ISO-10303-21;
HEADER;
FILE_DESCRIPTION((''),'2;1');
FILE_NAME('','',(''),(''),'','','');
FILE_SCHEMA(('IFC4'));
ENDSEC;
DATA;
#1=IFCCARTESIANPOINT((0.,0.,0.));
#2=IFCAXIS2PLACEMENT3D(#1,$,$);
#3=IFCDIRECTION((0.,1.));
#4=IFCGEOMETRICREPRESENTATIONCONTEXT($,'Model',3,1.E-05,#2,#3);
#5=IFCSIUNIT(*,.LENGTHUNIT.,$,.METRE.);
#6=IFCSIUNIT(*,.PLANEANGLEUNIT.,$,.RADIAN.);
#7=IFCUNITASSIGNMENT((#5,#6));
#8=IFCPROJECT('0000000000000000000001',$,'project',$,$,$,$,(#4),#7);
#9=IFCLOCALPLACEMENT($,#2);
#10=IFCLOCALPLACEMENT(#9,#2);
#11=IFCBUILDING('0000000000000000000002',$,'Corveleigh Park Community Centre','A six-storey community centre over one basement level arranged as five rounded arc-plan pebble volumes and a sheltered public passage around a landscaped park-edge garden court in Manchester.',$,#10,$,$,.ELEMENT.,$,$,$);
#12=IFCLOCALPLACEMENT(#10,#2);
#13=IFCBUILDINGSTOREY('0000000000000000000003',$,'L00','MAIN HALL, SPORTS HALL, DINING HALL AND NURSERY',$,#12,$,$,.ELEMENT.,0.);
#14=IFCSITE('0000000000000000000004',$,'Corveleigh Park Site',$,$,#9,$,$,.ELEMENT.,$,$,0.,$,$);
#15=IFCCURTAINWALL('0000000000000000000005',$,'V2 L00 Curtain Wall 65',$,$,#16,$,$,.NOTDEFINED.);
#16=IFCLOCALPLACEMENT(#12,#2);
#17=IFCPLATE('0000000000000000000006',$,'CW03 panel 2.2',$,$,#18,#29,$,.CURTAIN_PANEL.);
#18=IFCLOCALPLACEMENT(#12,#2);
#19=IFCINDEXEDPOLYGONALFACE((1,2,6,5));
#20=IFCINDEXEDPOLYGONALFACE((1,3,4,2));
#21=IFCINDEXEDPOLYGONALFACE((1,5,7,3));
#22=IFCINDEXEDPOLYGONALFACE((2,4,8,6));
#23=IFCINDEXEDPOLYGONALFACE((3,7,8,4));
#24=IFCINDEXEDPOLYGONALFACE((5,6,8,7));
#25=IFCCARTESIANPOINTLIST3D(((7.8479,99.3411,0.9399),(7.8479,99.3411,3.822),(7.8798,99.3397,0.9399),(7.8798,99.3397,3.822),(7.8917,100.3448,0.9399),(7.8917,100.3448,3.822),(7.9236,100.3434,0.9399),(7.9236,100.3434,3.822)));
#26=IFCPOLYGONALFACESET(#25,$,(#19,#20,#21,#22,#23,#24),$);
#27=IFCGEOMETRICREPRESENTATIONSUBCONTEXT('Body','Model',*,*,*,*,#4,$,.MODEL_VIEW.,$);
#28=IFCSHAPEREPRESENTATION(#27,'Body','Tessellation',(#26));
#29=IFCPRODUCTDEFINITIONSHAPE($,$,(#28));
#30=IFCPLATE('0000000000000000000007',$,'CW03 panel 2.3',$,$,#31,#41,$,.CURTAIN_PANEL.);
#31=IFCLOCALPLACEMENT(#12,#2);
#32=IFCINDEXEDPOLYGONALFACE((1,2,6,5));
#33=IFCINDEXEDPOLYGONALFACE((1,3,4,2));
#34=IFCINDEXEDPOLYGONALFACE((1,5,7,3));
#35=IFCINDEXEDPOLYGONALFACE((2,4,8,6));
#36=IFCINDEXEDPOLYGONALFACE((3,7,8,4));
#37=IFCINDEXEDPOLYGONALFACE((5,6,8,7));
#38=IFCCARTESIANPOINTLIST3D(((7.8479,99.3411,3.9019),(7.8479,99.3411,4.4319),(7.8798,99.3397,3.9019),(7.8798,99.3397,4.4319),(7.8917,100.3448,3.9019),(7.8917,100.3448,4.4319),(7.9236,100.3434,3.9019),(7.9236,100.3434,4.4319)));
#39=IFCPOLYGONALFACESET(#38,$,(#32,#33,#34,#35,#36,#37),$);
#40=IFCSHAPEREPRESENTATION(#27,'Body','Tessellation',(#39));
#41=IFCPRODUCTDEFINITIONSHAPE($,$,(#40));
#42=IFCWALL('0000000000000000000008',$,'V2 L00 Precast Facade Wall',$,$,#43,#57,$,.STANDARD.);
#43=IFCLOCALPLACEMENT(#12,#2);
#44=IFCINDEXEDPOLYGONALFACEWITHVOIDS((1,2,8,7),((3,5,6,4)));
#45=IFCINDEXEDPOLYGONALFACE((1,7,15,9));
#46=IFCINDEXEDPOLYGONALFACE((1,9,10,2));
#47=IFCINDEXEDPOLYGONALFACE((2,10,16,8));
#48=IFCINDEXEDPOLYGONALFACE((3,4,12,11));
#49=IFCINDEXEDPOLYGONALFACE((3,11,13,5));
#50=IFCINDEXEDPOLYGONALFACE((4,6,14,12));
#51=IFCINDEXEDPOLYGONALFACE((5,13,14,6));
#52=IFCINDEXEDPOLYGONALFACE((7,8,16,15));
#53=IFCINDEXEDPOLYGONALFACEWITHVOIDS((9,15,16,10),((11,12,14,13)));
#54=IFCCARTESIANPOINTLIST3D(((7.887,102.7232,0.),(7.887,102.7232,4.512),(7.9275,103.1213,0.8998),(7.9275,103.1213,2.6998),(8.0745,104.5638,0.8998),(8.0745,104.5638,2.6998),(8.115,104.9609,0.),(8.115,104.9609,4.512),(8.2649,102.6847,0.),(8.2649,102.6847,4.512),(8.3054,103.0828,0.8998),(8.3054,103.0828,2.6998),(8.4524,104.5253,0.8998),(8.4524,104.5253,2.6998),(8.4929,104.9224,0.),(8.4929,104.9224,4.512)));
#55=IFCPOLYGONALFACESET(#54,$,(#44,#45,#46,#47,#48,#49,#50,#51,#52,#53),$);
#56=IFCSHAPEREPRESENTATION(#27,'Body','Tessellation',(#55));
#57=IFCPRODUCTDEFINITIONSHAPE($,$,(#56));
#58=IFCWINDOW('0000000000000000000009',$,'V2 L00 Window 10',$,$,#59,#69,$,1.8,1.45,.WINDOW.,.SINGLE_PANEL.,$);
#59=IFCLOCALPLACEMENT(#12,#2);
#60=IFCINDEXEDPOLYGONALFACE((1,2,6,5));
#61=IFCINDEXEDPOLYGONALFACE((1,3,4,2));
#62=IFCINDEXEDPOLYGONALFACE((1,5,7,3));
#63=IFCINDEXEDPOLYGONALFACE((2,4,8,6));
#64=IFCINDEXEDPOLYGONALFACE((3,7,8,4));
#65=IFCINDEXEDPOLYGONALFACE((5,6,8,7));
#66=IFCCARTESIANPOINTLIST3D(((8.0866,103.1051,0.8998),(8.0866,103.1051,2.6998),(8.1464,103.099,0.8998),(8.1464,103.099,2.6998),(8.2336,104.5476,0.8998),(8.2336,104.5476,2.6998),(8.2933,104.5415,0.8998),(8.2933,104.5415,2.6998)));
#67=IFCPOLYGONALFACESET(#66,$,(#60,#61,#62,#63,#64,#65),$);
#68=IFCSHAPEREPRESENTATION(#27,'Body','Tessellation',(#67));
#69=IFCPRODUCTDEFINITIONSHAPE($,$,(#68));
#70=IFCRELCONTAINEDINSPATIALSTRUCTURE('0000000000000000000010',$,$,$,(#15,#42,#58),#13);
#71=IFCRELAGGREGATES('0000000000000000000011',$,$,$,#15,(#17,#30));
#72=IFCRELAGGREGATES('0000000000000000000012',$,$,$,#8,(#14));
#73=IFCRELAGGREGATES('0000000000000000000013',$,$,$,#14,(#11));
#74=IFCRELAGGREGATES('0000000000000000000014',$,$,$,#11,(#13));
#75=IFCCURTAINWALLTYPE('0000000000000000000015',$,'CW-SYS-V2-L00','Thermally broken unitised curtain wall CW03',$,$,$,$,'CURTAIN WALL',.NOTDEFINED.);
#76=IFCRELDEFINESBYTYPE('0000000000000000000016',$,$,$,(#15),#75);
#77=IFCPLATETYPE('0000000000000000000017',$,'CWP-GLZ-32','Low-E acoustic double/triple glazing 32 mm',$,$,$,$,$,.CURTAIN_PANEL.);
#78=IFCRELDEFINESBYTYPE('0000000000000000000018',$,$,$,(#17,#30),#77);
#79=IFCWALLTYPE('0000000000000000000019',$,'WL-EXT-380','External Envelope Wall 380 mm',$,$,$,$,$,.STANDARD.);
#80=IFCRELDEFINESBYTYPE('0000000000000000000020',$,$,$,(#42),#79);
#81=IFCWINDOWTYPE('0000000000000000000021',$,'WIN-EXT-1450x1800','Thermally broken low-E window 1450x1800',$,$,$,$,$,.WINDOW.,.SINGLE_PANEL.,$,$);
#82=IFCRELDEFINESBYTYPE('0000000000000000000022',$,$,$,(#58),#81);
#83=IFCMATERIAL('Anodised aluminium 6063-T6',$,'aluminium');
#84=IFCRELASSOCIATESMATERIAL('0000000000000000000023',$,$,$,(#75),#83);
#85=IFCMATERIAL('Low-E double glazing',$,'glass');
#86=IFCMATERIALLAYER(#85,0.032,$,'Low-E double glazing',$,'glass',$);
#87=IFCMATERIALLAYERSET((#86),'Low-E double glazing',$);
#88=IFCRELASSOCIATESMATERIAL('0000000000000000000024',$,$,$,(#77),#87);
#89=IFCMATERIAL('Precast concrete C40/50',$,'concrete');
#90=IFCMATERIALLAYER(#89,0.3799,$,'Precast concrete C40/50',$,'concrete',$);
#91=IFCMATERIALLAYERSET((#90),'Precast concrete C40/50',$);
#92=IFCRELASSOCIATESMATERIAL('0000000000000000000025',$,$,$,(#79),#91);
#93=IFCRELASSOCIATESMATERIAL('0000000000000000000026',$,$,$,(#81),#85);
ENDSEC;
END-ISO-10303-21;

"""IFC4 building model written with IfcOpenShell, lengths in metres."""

from ifc_helpers import new_model, si_unit, direction, frame, frame_2d, origin, origin_2d, place, context, subcontext, project, spatial, rectangle, extrude, material, layer, layer_set, type_object, element, fill, aggregate, save


model = new_model("IFC4")

# Units and contexts
model_context = context("Model", 3, precision=1e-05, world=origin(), true_north=direction((0.0, 1.0)))
body_context = subcontext(model_context, "Body", "Model", "MODEL_VIEW")
ifc_project = project(units=[si_unit("LENGTHUNIT", "METRE"), si_unit("PLANEANGLEUNIT", "RADIAN")], contexts=[model_context])

# Site, building, storey
site_placement = place(None, origin())
site = spatial("IfcSite", under=ifc_project, at=site_placement, Name="Corveleigh Park Site", CompositionType="ELEMENT", RefElevation=0.0)
building_placement = place(site_placement, origin())
building = spatial("IfcBuilding", under=site, at=building_placement, Name="Corveleigh Park Community Centre", Description="A six-storey community centre over one basement level arranged as five rounded arc-plan pebble volumes and a sheltered public passage around a landscaped park-edge garden court in Manchester.", CompositionType="ELEMENT")
storey_placement = place(building_placement, origin())
storey = spatial("IfcBuildingStorey", under=building, at=storey_placement, Name="L00", Description="MAIN HALL, SPORTS HALL, DINING HALL AND NURSERY", CompositionType="ELEMENT", Elevation=0.0)

# Shared definitions
ifc_material_1 = material(Name="Anodised aluminium 6063-T6", Category="aluminium")
curtain_wall_type = type_object("IfcCurtainWallType", Name="CW-SYS-V2-L00", Description="Thermally broken unitised curtain wall CW03", ElementType="CURTAIN WALL", PredefinedType="NOTDEFINED", material=ifc_material_1)

# Curtain wall
curtain_wall_1_placement = place(storey_placement, origin())
curtain_wall_1 = element("IfcCurtainWall", 1, at=curtain_wall_1_placement, inside=storey, type_object=curtain_wall_type, Name="V2 L00 Curtain Wall 65", PredefinedType="NOTDEFINED")

# Plates
ifc_material_2 = material(Name="Low-E double glazing", Category="glass")
ifc_layer_1 = layer(ifc_material_2, 0.032, Name="Low-E double glazing", Category="glass")
ifc_layer_set_1 = layer_set([ifc_layer_1], Name="Low-E double glazing")
plate_type_1 = type_object("IfcPlateType", Name="CWP-GLZ-32", Description="Low-E acoustic double/triple glazing 32 mm", PredefinedType="CURTAIN_PANEL", material=ifc_layer_set_1)
plate_1_placement = place(storey_placement, frame((7.8857, 99.8423, 0.9399), z_axis=(0.0, 0.0, 1.0), x_axis=(0.043572, 0.99905, 0.0)))
plate_1 = element("IfcPlate", 2, at=plate_1_placement, type_object=plate_type_1, Name="CW03 panel 2.2", PredefinedType="CURTAIN_PANEL", context=body_context, shape_type="SweptSolid", body=[
    extrude(rectangle(XDim=1.0046, YDim=0.032, at=origin_2d()), origin(), (0.0, 0.0, 1.0), 2.8821),
])
plate_2_placement = place(storey_placement, frame((7.8857, 99.8423, 3.9019), z_axis=(0.0, 0.0, 1.0), x_axis=(0.043572, 0.99905, 0.0)))
plate_2 = element("IfcPlate", 3, at=plate_2_placement, type_object=plate_type_1, Name="CW03 panel 2.3", PredefinedType="CURTAIN_PANEL", context=body_context, shape_type="SweptSolid", body=[
    extrude(rectangle(XDim=1.0046, YDim=0.032, at=origin_2d()), origin(), (0.0, 0.0, 1.0), 0.53),
])
aggregate(curtain_wall_1, [plate_1, plate_2])

# Wall, opening, window
ifc_material_3 = material(Name="Precast concrete C40/50", Category="concrete")
ifc_layer_2 = layer(ifc_material_3, 0.3799, Name="Precast concrete C40/50", Category="concrete")
ifc_layer_set_2 = layer_set([ifc_layer_2], Name="Precast concrete C40/50")
wall_type = type_object("IfcWallType", Name="WL-EXT-380", Description="External Envelope Wall 380 mm", PredefinedType="STANDARD", material=ifc_layer_set_2)
wall_placement = place(storey_placement, frame((8.0759, 102.7041, 0.0), z_axis=(0.0, 0.0, 1.0), x_axis=(0.101373, 0.994848, 0.0)))
wall = element("IfcWall", 4, at=wall_placement, inside=storey, type_object=wall_type, Name="V2 L00 Precast Facade Wall", PredefinedType="STANDARD", context=body_context, shape_type="SweptSolid", body=[
    extrude(rectangle(XDim=2.2493, YDim=0.3799, at=frame_2d((1.1245, 0.0))), origin(), (0.0, 0.0, 1.0), 4.512),
])
opening_placement = place(wall_placement, frame((0.3999, 0.0, 0.8999)))
opening = element("IfcOpeningElement", 5, at=opening_placement, cuts=wall, PredefinedType="OPENING", context=body_context, shape_type="SweptSolid", body=[
    extrude(rectangle(XDim=1.45, YDim=1.8, at=frame_2d((0.7251, 0.8999))), frame((0.0, 0.2, 0.0), z_axis=(0.0, -1.0, 0.0), x_axis=(1.0, 0.0, 0.0)), (0.0, 0.0, 1.0), 0.3999),
])
window_type = type_object("IfcWindowType", Name="WIN-EXT-1450x1800", Description="Thermally broken low-E window 1450x1800", PartitioningType="SINGLE_PANEL", PredefinedType="WINDOW", material=ifc_material_2)
window_placement = place(opening_placement, origin())
window = element("IfcWindow", 6, at=window_placement, inside=storey, type_object=window_type, Name="V2 L00 Window 10", OverallHeight=1.8, OverallWidth=1.45, PartitioningType="SINGLE_PANEL", PredefinedType="WINDOW", context=body_context, shape_type="SweptSolid", body=[
    extrude(rectangle(XDim=1.45, YDim=1.8, at=frame_2d((0.7251, 0.8999))), frame((0.0, 0.03, 0.0), z_axis=(0.0, -1.0, 0.0), x_axis=(1.0, 0.0, 0.0)), (0.0, 0.0, 1.0), 0.0601),
])
fill(opening, window)

save(model, "model.ifc")
